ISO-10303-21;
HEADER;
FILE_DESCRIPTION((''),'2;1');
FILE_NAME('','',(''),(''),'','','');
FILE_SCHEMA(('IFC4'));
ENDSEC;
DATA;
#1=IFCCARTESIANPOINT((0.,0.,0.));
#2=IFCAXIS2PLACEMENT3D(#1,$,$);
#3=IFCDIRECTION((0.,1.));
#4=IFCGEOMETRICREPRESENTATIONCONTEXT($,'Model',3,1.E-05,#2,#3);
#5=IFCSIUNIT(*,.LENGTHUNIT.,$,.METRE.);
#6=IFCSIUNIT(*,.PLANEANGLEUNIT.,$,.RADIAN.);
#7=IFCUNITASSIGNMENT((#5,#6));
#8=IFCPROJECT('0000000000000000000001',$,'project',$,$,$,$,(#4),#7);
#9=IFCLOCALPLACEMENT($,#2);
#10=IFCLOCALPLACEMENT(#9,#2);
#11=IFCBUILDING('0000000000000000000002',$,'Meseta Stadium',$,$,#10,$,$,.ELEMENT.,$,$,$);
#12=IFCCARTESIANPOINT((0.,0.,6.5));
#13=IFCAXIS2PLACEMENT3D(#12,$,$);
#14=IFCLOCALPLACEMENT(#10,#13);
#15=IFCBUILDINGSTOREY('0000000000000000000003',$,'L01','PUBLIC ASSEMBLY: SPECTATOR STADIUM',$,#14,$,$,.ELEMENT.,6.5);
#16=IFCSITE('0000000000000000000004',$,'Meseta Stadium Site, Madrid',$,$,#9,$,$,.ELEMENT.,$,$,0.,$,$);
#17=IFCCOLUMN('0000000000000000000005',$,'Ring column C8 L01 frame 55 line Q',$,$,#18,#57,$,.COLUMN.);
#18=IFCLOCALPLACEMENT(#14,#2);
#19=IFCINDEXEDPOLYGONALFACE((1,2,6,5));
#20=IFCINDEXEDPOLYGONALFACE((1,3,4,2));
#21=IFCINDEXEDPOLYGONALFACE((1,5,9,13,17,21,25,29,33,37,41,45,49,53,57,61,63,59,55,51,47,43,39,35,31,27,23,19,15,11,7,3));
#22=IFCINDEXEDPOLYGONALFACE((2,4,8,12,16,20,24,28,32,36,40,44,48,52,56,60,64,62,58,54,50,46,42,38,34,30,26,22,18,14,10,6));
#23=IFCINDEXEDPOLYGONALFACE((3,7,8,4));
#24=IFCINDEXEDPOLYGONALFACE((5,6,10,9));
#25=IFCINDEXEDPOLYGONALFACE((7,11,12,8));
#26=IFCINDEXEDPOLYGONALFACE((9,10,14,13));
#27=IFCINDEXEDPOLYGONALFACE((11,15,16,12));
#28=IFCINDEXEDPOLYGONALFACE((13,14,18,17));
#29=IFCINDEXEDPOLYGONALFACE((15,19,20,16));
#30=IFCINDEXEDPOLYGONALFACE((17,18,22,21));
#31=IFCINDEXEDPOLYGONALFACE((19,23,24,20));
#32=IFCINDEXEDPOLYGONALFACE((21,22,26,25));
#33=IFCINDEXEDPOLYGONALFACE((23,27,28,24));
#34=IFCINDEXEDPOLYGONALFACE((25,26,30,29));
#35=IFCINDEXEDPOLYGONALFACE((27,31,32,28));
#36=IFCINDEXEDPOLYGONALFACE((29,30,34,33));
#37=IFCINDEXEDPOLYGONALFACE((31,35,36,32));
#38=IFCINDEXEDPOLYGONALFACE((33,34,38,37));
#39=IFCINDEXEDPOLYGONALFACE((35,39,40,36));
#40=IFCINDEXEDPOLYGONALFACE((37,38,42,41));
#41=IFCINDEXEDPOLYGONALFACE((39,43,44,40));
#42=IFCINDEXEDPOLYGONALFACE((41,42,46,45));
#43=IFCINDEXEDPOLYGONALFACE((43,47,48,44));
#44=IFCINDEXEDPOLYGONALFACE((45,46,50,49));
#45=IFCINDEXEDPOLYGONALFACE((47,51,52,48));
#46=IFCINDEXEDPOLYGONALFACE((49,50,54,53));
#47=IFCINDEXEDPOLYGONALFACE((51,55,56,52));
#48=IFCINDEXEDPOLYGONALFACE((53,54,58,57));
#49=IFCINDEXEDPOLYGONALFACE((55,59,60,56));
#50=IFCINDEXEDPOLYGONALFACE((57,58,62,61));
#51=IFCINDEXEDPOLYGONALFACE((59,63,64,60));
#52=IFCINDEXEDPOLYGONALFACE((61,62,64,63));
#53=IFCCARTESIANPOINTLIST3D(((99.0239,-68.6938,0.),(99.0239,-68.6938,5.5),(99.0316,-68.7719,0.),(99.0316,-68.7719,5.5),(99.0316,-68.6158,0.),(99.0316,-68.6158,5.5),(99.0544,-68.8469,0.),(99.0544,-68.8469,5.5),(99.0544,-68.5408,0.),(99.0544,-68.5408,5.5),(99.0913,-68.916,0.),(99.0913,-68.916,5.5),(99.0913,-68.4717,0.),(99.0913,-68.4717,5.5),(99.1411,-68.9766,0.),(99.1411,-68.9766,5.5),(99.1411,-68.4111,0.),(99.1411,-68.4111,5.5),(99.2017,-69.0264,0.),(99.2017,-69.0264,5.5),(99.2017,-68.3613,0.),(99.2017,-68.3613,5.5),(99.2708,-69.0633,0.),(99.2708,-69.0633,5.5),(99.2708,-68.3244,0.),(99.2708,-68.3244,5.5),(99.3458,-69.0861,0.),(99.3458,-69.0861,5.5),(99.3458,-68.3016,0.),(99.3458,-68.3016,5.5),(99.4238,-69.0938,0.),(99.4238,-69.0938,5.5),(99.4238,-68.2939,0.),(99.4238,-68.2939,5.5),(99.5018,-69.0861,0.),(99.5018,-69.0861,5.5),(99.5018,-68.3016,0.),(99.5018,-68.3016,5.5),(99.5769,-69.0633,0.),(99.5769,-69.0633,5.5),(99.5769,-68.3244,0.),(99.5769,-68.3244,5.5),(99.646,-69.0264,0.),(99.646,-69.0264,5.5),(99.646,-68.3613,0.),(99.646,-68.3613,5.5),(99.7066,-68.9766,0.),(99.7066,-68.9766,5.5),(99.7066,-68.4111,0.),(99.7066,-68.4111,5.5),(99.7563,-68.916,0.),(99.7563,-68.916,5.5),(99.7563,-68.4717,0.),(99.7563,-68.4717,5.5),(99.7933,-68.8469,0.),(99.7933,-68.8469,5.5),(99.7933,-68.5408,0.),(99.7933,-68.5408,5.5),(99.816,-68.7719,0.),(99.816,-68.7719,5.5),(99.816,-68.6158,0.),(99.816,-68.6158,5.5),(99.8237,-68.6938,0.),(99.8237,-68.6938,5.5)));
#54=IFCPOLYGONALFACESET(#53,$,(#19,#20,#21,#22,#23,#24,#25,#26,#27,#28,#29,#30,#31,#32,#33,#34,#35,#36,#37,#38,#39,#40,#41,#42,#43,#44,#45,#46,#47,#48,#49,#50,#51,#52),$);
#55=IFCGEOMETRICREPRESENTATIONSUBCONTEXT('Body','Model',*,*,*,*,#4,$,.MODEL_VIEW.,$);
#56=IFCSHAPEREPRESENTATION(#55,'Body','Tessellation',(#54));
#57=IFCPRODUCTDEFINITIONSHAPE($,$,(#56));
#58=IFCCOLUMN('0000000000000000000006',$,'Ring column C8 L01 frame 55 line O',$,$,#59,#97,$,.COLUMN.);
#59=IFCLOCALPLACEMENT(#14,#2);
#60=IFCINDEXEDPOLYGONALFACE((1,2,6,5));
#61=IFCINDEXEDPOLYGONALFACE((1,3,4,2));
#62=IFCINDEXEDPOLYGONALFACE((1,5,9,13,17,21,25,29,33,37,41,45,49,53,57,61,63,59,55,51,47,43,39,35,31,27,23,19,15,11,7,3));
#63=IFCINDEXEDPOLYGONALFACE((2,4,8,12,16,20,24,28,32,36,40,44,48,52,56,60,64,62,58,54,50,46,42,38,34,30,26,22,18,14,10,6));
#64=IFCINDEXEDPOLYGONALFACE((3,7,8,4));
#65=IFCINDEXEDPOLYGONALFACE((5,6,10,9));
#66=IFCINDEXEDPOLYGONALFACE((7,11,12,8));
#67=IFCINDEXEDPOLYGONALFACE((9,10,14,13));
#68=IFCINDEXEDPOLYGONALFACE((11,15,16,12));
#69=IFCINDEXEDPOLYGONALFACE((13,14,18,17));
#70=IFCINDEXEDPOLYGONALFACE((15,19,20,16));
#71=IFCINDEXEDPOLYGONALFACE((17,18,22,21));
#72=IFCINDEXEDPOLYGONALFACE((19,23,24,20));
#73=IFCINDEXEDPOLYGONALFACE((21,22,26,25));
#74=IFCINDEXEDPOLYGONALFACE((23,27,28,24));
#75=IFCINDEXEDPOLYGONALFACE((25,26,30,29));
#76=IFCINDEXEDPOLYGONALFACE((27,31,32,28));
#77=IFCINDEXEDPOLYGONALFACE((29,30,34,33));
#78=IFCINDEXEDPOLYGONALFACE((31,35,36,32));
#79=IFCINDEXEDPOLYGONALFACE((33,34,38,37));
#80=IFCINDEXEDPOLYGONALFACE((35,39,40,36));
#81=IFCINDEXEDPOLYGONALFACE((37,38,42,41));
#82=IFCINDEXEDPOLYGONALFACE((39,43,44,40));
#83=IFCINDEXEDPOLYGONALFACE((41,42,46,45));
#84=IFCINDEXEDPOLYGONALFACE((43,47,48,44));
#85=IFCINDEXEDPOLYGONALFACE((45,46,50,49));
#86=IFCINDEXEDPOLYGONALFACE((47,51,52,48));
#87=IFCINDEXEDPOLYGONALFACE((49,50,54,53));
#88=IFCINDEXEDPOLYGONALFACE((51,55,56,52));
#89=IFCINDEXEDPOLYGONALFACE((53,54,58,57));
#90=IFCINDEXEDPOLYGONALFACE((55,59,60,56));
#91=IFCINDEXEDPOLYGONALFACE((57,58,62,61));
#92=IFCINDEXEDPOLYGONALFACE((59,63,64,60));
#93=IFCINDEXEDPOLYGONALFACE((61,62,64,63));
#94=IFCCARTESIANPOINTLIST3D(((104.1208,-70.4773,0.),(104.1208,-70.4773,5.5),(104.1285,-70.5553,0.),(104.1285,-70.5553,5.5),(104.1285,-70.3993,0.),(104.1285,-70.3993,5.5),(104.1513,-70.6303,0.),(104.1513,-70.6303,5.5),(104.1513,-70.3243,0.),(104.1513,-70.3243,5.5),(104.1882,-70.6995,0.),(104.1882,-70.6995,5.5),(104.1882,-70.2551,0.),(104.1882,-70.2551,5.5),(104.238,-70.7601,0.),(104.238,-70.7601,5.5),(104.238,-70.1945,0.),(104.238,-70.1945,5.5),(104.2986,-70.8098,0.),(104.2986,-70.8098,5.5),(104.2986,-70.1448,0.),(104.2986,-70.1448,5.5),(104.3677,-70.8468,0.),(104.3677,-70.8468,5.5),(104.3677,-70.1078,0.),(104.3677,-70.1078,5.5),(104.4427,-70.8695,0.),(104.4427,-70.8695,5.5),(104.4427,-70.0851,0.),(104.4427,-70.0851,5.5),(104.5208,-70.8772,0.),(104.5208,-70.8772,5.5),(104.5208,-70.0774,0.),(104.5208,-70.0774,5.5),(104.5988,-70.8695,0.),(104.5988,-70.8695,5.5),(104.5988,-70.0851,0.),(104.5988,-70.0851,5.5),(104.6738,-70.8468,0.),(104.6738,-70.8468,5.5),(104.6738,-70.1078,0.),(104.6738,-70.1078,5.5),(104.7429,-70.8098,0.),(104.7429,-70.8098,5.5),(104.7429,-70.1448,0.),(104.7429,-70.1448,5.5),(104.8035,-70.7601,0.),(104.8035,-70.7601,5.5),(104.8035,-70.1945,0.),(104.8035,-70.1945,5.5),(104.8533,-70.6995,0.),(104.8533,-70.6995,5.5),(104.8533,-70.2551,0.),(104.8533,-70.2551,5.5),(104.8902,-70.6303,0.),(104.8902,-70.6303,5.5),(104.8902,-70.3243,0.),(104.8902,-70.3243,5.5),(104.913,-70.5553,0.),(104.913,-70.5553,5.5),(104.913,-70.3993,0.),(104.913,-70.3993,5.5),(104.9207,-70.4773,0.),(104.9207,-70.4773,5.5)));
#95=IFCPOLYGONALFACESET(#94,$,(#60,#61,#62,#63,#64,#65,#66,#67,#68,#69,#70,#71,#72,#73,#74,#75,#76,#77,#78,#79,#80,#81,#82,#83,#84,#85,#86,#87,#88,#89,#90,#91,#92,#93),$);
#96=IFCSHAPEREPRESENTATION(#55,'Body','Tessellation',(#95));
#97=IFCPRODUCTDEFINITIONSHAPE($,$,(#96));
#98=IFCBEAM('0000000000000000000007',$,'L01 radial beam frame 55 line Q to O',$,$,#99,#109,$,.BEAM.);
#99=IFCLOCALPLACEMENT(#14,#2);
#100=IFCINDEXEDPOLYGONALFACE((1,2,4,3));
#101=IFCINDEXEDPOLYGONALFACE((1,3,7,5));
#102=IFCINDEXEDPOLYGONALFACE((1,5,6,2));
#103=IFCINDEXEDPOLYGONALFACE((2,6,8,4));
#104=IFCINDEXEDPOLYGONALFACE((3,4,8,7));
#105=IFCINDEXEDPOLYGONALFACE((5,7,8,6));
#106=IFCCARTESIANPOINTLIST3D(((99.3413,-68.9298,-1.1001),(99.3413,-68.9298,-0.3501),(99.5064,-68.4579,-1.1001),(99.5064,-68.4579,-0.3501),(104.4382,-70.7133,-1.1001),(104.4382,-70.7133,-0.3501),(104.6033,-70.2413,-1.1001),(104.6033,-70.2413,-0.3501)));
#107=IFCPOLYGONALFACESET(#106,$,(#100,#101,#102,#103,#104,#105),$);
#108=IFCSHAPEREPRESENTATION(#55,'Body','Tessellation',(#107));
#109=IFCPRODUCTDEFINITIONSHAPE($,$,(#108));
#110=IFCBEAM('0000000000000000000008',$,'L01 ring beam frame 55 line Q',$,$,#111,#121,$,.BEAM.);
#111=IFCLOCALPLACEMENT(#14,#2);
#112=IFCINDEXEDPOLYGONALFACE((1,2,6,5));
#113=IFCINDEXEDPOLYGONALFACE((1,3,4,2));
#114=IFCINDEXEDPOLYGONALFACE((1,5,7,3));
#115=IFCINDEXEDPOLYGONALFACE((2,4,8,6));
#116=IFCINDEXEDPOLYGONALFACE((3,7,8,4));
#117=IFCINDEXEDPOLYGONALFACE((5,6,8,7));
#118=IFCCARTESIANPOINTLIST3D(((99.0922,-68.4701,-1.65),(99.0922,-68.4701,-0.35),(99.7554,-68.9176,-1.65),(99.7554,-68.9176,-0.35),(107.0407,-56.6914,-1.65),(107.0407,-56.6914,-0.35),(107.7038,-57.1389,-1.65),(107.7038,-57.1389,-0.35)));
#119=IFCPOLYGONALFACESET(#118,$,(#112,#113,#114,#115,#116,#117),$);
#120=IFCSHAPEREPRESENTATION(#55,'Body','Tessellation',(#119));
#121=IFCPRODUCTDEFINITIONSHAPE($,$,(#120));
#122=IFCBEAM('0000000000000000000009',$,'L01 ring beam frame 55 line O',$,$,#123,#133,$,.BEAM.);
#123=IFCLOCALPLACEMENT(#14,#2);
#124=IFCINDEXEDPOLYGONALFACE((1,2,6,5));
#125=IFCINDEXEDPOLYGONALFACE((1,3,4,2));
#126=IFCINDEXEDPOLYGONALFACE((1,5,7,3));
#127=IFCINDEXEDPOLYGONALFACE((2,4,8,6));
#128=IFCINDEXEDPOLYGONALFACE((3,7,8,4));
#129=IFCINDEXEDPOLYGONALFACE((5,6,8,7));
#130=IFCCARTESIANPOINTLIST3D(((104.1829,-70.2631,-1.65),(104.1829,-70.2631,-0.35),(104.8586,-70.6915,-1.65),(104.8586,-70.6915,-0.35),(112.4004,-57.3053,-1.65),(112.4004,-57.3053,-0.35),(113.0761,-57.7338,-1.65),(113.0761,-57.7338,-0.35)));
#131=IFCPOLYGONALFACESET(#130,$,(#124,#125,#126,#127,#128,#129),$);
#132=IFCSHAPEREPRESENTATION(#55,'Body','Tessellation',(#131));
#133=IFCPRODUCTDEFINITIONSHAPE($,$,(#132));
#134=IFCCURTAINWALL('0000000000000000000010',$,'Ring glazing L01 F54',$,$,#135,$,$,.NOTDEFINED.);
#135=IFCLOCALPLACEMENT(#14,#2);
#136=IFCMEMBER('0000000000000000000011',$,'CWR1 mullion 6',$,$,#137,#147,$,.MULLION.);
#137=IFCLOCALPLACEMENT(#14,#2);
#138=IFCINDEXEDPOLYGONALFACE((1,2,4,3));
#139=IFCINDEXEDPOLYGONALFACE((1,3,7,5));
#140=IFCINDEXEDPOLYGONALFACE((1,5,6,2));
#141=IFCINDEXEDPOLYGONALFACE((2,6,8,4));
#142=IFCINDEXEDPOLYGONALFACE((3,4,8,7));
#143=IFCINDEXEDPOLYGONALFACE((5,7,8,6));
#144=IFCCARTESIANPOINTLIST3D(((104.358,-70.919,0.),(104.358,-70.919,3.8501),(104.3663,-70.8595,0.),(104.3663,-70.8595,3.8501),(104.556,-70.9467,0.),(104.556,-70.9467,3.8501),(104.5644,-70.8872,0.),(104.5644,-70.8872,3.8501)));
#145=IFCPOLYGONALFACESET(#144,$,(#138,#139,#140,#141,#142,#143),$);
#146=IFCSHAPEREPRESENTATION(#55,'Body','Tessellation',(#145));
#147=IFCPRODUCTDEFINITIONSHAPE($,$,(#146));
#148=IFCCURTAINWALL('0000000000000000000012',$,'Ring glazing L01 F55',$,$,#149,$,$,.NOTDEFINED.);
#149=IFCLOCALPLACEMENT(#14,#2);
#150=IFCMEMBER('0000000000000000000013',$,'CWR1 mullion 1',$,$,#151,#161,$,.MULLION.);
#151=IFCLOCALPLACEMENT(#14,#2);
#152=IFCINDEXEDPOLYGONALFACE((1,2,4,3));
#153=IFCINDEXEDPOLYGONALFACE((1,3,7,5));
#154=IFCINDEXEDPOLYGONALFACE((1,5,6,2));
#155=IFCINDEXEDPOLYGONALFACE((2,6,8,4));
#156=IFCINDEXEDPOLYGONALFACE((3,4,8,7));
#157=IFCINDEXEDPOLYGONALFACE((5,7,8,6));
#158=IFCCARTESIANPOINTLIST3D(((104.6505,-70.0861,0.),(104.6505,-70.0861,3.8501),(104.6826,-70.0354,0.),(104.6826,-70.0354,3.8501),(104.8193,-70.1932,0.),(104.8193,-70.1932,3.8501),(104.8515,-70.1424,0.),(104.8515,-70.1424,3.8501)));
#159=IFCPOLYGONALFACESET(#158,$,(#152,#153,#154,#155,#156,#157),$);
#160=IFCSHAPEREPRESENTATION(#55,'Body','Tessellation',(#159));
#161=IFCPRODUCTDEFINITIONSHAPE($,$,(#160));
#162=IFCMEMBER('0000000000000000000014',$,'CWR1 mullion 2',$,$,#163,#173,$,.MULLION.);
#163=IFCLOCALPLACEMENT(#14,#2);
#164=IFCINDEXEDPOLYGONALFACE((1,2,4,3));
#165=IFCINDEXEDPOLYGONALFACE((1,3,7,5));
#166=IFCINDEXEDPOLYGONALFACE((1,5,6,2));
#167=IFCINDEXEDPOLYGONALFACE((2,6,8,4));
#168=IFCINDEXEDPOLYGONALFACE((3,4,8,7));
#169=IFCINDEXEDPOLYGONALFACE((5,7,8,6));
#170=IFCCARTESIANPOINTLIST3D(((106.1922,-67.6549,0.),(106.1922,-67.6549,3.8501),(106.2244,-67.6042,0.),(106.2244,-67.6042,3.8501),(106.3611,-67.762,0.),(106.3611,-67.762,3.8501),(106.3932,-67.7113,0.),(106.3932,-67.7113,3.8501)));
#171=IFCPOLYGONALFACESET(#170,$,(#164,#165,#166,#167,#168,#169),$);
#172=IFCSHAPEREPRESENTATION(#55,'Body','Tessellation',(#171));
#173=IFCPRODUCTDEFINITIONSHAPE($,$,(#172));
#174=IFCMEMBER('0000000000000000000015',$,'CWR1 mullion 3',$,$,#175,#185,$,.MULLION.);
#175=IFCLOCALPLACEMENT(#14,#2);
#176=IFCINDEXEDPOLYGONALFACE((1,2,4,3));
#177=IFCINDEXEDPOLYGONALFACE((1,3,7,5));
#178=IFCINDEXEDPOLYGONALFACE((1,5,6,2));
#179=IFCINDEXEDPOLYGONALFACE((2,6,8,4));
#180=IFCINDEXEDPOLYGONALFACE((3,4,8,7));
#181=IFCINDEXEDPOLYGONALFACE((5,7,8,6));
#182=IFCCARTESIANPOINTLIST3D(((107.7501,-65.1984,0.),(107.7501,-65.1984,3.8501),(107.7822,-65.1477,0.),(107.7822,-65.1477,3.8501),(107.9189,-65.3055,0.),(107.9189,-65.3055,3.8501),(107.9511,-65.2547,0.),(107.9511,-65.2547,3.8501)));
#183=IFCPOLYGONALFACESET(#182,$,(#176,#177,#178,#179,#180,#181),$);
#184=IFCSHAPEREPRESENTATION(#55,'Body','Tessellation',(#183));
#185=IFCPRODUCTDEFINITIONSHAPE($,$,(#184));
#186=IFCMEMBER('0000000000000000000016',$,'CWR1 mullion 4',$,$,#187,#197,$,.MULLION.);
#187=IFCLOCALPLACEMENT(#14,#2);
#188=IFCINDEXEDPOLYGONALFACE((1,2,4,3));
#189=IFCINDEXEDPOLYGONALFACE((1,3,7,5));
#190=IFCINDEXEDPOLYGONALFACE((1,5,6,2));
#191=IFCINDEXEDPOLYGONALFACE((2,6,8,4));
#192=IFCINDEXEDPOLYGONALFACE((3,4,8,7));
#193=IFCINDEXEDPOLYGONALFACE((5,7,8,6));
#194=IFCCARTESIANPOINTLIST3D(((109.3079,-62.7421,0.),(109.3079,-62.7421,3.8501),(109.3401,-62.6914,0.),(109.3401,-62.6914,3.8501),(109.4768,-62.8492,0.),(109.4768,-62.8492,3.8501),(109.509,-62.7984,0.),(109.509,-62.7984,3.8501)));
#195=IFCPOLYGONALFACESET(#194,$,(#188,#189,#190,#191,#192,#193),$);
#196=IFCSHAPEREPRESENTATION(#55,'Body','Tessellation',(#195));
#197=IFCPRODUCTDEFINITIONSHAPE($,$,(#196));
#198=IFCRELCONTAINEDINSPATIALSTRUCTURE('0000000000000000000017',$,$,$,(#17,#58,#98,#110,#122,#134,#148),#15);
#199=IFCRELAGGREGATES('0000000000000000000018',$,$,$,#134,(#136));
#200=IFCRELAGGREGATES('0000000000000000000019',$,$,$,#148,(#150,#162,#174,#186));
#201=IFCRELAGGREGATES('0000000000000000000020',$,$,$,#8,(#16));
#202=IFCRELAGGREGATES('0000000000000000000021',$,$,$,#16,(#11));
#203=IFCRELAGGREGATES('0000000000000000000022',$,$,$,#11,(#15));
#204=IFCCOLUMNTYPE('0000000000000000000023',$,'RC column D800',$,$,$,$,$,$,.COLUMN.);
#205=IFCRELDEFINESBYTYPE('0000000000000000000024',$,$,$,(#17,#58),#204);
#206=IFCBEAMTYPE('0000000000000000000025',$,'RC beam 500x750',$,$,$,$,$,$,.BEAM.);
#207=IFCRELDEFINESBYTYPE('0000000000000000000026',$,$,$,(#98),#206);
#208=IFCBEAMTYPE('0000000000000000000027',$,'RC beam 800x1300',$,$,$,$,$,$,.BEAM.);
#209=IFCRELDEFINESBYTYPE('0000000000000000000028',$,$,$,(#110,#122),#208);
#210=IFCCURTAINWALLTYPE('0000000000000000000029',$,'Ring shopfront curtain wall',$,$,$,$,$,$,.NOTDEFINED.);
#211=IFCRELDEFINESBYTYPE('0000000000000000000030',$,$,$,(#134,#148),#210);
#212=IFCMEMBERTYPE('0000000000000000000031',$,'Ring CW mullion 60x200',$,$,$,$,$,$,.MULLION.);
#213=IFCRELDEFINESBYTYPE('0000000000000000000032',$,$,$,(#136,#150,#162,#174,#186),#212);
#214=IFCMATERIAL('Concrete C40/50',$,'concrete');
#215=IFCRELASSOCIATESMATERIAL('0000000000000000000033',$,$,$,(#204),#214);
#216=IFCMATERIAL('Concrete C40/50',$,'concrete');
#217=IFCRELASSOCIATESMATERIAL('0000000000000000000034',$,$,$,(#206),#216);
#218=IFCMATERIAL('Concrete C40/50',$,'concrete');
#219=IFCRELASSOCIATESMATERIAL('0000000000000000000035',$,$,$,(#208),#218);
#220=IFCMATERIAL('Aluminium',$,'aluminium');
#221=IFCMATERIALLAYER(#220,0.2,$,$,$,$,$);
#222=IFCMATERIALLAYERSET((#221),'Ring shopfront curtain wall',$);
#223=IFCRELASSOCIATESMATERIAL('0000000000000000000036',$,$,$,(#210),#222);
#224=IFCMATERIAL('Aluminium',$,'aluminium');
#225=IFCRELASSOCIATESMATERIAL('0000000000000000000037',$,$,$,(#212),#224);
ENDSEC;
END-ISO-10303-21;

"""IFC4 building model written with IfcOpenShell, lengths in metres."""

from ifc_helpers import new_model, si_unit, direction, frame, origin, origin_2d, place, context, subcontext, project, spatial, rectangle, circle, extrude, material, layer, layer_set, material_profile, profile_set, type_object, element, aggregate, save


model = new_model("IFC4")

# Units and contexts
model_context = context("Model", 3, precision=1e-05, world=origin(), true_north=direction((0.0, 1.0)))
body_context = subcontext(model_context, "Body", "Model", "MODEL_VIEW")
ifc_project = project(units=[si_unit("LENGTHUNIT", "METRE"), si_unit("PLANEANGLEUNIT", "RADIAN")], contexts=[model_context])

# Site, building, storey
site_placement = place(None, origin())
site = spatial("IfcSite", under=ifc_project, at=site_placement, Name="Meseta Stadium Site, Madrid", CompositionType="ELEMENT", RefElevation=0.0)
building_placement = place(site_placement, origin())
building = spatial("IfcBuilding", under=site, at=building_placement, Name="Meseta Stadium", CompositionType="ELEMENT")
storey_placement = place(building_placement, frame((0.0, 0.0, 6.5)))
storey = spatial("IfcBuildingStorey", under=building, at=storey_placement, Name="L01", Description="PUBLIC ASSEMBLY: SPECTATOR STADIUM", CompositionType="ELEMENT", Elevation=6.5)

# Columns
ifc_material_1 = material(Name="Concrete C40/50", Category="concrete")
ifc_material_profile_1 = material_profile(ifc_material_1, circle(Radius=0.3999, at=origin_2d()), Name="RC D800")
ifc_profile_set_1 = profile_set([ifc_material_profile_1], Name="Concrete C40/50")
column_type = type_object("IfcColumnType", Name="RC column D800", PredefinedType="COLUMN", material=ifc_profile_set_1)
for number, where, z_axis, x_axis, name in (
    (1, (99.4238, -68.6938, 0.0), (0.0, 0.0, 1.0), (1.0, 0.0, 0.0), "Ring column C8 L01 frame 55 line Q"),
    (2, (104.5208, -70.4773, 0.0), (0.0, 0.0, 1.0), (1.0, 0.0, 0.0), "Ring column C8 L01 frame 55 line O"),
):
    element("IfcColumn", number, at=place(storey_placement, frame(where, z_axis=z_axis, x_axis=x_axis)), inside=storey, type_object=column_type, Name=name, PredefinedType="COLUMN", context=body_context, shape_type="SweptSolid", body=[
        extrude(circle(Radius=0.3999, at=origin_2d()), origin(), (0.0, 0.0, 1.0), 5.5),
    ])

# Beams
ifc_material_2 = material(Name="Concrete C40/50", Category="concrete")
ifc_material_profile_2 = material_profile(ifc_material_2, rectangle(XDim=0.5, YDim=0.75, at=origin_2d()), Name="RC 500x750")
ifc_profile_set_2 = profile_set([ifc_material_profile_2], Name="Concrete C40/50")
beam_type_1 = type_object("IfcBeamType", Name="RC beam 500x750", PredefinedType="BEAM", material=ifc_profile_set_2)
beam_1_placement = place(storey_placement, frame((99.4238, -68.6938, -0.7251), z_axis=(0.943886, -0.330272, 0.0), x_axis=(0.330272, 0.943886, 0.0)))
element("IfcBeam", 3, at=beam_1_placement, inside=storey, type_object=beam_type_1, Name="L01 radial beam frame 55 line Q to O", PredefinedType="BEAM", context=body_context, shape_type="SweptSolid", body=[
    extrude(rectangle(XDim=0.5, YDim=0.75, at=origin_2d()), origin(), (0.0, 0.0, 1.0), 5.3999),
])
ifc_material_3 = material(Name="Concrete C40/50", Category="concrete")
ifc_material_profile_3 = material_profile(ifc_material_3, rectangle(XDim=0.8, YDim=1.3, at=origin_2d()), Name="RC 800x1300")
ifc_profile_set_3 = profile_set([ifc_material_profile_3], Name="Concrete C40/50")
beam_type_2 = type_object("IfcBeamType", Name="RC beam 800x1300", PredefinedType="BEAM", material=ifc_profile_set_3)
beam_2_placement = place(storey_placement, frame((99.4238, -68.6938, -1.0), z_axis=(0.559366, 0.828921, 0.0), x_axis=(-0.828921, 0.559366, 0.0)))
element("IfcBeam", 4, at=beam_2_placement, inside=storey, type_object=beam_type_2, Name="L01 ring beam frame 55 line Q", PredefinedType="BEAM", context=body_context, shape_type="SweptSolid", body=[
    extrude(rectangle(XDim=0.8, YDim=1.3, at=origin_2d()), origin(), (0.0, 0.0, 1.0), 14.2097),
])
beam_3_placement = place(storey_placement, frame((104.5208, -70.4773, -1.0), z_axis=(0.535561, 0.844496, 0.0), x_axis=(-0.844496, 0.535561, 0.0)))
element("IfcBeam", 5, at=beam_3_placement, inside=storey, type_object=beam_type_2, Name="L01 ring beam frame 55 line O", PredefinedType="BEAM", context=body_context, shape_type="SweptSolid", body=[
    extrude(rectangle(XDim=0.8, YDim=1.3, at=origin_2d()), origin(), (0.0, 0.0, 1.0), 15.3438),
])

# Curtain wall, member
ifc_material_4 = material(Name="Aluminium", Category="aluminium")
ifc_layer_1 = layer(ifc_material_4, 0.2)
ifc_layer_set_1 = layer_set([ifc_layer_1], Name="Ring shopfront curtain wall")
curtain_wall_type = type_object("IfcCurtainWallType", Name="Ring shopfront curtain wall", PredefinedType="NOTDEFINED", material=ifc_layer_set_1)
curtain_wall_1_placement = place(storey_placement, origin())
curtain_wall_1 = element("IfcCurtainWall", 6, at=curtain_wall_1_placement, inside=storey, type_object=curtain_wall_type, Name="Ring glazing L01 F54", PredefinedType="NOTDEFINED")
ifc_material_5 = material(Name="Aluminium", Category="aluminium")
ifc_material_profile_4 = material_profile(ifc_material_5, rectangle(XDim=0.2, YDim=0.0601, at=origin_2d()), Name="CW 200x60")
ifc_profile_set_4 = profile_set([ifc_material_profile_4], Name="Aluminium")
member_type_1 = type_object("IfcMemberType", Name="Ring CW mullion 60x200", PredefinedType="MULLION", material=ifc_profile_set_4)
member_1_placement = place(storey_placement, frame((104.4612, -70.9031, 0.0), z_axis=(0.0, 0.0, 1.0), x_axis=(-0.990342, 0.138643, 0.0)))
member_1 = element("IfcMember", 7, at=member_1_placement, type_object=member_type_1, Name="CWR1 mullion 6", PredefinedType="MULLION", context=body_context, shape_type="SweptSolid", body=[
    extrude(rectangle(XDim=0.2, YDim=0.0601, at=origin_2d()), origin(), (0.0, 0.0, 1.0), 3.8501),
])
aggregate(curtain_wall_1, [member_1])

# Curtain wall, members
curtain_wall_2_placement = place(storey_placement, origin())
curtain_wall_2 = element("IfcCurtainWall", 8, at=curtain_wall_2_placement, inside=storey, type_object=curtain_wall_type, Name="Ring glazing L01 F55", PredefinedType="NOTDEFINED")
member_2_placement = place(storey_placement, frame((104.751, -70.1143, 0.0), z_axis=(0.0, 0.0, 1.0), x_axis=(-0.844491, 0.535569, 0.0)))
member_2 = element("IfcMember", 9, at=member_2_placement, type_object=member_type_1, Name="CWR1 mullion 1", PredefinedType="MULLION", context=body_context, shape_type="SweptSolid", body=[
    extrude(rectangle(XDim=0.2, YDim=0.0601, at=origin_2d()), origin(), (0.0, 0.0, 1.0), 3.8501),
])
member_3_placement = place(storey_placement, frame((106.2927, -67.6831, 0.0), z_axis=(0.0, 0.0, 1.0), x_axis=(-0.844491, 0.535569, 0.0)))
member_3 = element("IfcMember", 10, at=member_3_placement, type_object=member_type_1, Name="CWR1 mullion 2", PredefinedType="MULLION", context=body_context, shape_type="SweptSolid", body=[
    extrude(rectangle(XDim=0.2, YDim=0.0601, at=origin_2d()), origin(), (0.0, 0.0, 1.0), 3.8501),
])
member_4_placement = place(storey_placement, frame((107.8506, -65.2266, 0.0), z_axis=(0.0, 0.0, 1.0), x_axis=(-0.844491, 0.535569, 0.0)))
member_4 = element("IfcMember", 11, at=member_4_placement, type_object=member_type_1, Name="CWR1 mullion 3", PredefinedType="MULLION", context=body_context, shape_type="SweptSolid", body=[
    extrude(rectangle(XDim=0.2, YDim=0.0601, at=origin_2d()), origin(), (0.0, 0.0, 1.0), 3.8501),
])
member_5_placement = place(storey_placement, frame((109.4084, -62.7703, 0.0), z_axis=(0.0, 0.0, 1.0), x_axis=(-0.844491, 0.535569, 0.0)))
member_5 = element("IfcMember", 12, at=member_5_placement, type_object=member_type_1, Name="CWR1 mullion 4", PredefinedType="MULLION", context=body_context, shape_type="SweptSolid", body=[
    extrude(rectangle(XDim=0.2, YDim=0.0601, at=origin_2d()), origin(), (0.0, 0.0, 1.0), 3.8501),
])
aggregate(curtain_wall_2, [member_2, member_3, member_4, member_5])

save(model, "model.ifc")
